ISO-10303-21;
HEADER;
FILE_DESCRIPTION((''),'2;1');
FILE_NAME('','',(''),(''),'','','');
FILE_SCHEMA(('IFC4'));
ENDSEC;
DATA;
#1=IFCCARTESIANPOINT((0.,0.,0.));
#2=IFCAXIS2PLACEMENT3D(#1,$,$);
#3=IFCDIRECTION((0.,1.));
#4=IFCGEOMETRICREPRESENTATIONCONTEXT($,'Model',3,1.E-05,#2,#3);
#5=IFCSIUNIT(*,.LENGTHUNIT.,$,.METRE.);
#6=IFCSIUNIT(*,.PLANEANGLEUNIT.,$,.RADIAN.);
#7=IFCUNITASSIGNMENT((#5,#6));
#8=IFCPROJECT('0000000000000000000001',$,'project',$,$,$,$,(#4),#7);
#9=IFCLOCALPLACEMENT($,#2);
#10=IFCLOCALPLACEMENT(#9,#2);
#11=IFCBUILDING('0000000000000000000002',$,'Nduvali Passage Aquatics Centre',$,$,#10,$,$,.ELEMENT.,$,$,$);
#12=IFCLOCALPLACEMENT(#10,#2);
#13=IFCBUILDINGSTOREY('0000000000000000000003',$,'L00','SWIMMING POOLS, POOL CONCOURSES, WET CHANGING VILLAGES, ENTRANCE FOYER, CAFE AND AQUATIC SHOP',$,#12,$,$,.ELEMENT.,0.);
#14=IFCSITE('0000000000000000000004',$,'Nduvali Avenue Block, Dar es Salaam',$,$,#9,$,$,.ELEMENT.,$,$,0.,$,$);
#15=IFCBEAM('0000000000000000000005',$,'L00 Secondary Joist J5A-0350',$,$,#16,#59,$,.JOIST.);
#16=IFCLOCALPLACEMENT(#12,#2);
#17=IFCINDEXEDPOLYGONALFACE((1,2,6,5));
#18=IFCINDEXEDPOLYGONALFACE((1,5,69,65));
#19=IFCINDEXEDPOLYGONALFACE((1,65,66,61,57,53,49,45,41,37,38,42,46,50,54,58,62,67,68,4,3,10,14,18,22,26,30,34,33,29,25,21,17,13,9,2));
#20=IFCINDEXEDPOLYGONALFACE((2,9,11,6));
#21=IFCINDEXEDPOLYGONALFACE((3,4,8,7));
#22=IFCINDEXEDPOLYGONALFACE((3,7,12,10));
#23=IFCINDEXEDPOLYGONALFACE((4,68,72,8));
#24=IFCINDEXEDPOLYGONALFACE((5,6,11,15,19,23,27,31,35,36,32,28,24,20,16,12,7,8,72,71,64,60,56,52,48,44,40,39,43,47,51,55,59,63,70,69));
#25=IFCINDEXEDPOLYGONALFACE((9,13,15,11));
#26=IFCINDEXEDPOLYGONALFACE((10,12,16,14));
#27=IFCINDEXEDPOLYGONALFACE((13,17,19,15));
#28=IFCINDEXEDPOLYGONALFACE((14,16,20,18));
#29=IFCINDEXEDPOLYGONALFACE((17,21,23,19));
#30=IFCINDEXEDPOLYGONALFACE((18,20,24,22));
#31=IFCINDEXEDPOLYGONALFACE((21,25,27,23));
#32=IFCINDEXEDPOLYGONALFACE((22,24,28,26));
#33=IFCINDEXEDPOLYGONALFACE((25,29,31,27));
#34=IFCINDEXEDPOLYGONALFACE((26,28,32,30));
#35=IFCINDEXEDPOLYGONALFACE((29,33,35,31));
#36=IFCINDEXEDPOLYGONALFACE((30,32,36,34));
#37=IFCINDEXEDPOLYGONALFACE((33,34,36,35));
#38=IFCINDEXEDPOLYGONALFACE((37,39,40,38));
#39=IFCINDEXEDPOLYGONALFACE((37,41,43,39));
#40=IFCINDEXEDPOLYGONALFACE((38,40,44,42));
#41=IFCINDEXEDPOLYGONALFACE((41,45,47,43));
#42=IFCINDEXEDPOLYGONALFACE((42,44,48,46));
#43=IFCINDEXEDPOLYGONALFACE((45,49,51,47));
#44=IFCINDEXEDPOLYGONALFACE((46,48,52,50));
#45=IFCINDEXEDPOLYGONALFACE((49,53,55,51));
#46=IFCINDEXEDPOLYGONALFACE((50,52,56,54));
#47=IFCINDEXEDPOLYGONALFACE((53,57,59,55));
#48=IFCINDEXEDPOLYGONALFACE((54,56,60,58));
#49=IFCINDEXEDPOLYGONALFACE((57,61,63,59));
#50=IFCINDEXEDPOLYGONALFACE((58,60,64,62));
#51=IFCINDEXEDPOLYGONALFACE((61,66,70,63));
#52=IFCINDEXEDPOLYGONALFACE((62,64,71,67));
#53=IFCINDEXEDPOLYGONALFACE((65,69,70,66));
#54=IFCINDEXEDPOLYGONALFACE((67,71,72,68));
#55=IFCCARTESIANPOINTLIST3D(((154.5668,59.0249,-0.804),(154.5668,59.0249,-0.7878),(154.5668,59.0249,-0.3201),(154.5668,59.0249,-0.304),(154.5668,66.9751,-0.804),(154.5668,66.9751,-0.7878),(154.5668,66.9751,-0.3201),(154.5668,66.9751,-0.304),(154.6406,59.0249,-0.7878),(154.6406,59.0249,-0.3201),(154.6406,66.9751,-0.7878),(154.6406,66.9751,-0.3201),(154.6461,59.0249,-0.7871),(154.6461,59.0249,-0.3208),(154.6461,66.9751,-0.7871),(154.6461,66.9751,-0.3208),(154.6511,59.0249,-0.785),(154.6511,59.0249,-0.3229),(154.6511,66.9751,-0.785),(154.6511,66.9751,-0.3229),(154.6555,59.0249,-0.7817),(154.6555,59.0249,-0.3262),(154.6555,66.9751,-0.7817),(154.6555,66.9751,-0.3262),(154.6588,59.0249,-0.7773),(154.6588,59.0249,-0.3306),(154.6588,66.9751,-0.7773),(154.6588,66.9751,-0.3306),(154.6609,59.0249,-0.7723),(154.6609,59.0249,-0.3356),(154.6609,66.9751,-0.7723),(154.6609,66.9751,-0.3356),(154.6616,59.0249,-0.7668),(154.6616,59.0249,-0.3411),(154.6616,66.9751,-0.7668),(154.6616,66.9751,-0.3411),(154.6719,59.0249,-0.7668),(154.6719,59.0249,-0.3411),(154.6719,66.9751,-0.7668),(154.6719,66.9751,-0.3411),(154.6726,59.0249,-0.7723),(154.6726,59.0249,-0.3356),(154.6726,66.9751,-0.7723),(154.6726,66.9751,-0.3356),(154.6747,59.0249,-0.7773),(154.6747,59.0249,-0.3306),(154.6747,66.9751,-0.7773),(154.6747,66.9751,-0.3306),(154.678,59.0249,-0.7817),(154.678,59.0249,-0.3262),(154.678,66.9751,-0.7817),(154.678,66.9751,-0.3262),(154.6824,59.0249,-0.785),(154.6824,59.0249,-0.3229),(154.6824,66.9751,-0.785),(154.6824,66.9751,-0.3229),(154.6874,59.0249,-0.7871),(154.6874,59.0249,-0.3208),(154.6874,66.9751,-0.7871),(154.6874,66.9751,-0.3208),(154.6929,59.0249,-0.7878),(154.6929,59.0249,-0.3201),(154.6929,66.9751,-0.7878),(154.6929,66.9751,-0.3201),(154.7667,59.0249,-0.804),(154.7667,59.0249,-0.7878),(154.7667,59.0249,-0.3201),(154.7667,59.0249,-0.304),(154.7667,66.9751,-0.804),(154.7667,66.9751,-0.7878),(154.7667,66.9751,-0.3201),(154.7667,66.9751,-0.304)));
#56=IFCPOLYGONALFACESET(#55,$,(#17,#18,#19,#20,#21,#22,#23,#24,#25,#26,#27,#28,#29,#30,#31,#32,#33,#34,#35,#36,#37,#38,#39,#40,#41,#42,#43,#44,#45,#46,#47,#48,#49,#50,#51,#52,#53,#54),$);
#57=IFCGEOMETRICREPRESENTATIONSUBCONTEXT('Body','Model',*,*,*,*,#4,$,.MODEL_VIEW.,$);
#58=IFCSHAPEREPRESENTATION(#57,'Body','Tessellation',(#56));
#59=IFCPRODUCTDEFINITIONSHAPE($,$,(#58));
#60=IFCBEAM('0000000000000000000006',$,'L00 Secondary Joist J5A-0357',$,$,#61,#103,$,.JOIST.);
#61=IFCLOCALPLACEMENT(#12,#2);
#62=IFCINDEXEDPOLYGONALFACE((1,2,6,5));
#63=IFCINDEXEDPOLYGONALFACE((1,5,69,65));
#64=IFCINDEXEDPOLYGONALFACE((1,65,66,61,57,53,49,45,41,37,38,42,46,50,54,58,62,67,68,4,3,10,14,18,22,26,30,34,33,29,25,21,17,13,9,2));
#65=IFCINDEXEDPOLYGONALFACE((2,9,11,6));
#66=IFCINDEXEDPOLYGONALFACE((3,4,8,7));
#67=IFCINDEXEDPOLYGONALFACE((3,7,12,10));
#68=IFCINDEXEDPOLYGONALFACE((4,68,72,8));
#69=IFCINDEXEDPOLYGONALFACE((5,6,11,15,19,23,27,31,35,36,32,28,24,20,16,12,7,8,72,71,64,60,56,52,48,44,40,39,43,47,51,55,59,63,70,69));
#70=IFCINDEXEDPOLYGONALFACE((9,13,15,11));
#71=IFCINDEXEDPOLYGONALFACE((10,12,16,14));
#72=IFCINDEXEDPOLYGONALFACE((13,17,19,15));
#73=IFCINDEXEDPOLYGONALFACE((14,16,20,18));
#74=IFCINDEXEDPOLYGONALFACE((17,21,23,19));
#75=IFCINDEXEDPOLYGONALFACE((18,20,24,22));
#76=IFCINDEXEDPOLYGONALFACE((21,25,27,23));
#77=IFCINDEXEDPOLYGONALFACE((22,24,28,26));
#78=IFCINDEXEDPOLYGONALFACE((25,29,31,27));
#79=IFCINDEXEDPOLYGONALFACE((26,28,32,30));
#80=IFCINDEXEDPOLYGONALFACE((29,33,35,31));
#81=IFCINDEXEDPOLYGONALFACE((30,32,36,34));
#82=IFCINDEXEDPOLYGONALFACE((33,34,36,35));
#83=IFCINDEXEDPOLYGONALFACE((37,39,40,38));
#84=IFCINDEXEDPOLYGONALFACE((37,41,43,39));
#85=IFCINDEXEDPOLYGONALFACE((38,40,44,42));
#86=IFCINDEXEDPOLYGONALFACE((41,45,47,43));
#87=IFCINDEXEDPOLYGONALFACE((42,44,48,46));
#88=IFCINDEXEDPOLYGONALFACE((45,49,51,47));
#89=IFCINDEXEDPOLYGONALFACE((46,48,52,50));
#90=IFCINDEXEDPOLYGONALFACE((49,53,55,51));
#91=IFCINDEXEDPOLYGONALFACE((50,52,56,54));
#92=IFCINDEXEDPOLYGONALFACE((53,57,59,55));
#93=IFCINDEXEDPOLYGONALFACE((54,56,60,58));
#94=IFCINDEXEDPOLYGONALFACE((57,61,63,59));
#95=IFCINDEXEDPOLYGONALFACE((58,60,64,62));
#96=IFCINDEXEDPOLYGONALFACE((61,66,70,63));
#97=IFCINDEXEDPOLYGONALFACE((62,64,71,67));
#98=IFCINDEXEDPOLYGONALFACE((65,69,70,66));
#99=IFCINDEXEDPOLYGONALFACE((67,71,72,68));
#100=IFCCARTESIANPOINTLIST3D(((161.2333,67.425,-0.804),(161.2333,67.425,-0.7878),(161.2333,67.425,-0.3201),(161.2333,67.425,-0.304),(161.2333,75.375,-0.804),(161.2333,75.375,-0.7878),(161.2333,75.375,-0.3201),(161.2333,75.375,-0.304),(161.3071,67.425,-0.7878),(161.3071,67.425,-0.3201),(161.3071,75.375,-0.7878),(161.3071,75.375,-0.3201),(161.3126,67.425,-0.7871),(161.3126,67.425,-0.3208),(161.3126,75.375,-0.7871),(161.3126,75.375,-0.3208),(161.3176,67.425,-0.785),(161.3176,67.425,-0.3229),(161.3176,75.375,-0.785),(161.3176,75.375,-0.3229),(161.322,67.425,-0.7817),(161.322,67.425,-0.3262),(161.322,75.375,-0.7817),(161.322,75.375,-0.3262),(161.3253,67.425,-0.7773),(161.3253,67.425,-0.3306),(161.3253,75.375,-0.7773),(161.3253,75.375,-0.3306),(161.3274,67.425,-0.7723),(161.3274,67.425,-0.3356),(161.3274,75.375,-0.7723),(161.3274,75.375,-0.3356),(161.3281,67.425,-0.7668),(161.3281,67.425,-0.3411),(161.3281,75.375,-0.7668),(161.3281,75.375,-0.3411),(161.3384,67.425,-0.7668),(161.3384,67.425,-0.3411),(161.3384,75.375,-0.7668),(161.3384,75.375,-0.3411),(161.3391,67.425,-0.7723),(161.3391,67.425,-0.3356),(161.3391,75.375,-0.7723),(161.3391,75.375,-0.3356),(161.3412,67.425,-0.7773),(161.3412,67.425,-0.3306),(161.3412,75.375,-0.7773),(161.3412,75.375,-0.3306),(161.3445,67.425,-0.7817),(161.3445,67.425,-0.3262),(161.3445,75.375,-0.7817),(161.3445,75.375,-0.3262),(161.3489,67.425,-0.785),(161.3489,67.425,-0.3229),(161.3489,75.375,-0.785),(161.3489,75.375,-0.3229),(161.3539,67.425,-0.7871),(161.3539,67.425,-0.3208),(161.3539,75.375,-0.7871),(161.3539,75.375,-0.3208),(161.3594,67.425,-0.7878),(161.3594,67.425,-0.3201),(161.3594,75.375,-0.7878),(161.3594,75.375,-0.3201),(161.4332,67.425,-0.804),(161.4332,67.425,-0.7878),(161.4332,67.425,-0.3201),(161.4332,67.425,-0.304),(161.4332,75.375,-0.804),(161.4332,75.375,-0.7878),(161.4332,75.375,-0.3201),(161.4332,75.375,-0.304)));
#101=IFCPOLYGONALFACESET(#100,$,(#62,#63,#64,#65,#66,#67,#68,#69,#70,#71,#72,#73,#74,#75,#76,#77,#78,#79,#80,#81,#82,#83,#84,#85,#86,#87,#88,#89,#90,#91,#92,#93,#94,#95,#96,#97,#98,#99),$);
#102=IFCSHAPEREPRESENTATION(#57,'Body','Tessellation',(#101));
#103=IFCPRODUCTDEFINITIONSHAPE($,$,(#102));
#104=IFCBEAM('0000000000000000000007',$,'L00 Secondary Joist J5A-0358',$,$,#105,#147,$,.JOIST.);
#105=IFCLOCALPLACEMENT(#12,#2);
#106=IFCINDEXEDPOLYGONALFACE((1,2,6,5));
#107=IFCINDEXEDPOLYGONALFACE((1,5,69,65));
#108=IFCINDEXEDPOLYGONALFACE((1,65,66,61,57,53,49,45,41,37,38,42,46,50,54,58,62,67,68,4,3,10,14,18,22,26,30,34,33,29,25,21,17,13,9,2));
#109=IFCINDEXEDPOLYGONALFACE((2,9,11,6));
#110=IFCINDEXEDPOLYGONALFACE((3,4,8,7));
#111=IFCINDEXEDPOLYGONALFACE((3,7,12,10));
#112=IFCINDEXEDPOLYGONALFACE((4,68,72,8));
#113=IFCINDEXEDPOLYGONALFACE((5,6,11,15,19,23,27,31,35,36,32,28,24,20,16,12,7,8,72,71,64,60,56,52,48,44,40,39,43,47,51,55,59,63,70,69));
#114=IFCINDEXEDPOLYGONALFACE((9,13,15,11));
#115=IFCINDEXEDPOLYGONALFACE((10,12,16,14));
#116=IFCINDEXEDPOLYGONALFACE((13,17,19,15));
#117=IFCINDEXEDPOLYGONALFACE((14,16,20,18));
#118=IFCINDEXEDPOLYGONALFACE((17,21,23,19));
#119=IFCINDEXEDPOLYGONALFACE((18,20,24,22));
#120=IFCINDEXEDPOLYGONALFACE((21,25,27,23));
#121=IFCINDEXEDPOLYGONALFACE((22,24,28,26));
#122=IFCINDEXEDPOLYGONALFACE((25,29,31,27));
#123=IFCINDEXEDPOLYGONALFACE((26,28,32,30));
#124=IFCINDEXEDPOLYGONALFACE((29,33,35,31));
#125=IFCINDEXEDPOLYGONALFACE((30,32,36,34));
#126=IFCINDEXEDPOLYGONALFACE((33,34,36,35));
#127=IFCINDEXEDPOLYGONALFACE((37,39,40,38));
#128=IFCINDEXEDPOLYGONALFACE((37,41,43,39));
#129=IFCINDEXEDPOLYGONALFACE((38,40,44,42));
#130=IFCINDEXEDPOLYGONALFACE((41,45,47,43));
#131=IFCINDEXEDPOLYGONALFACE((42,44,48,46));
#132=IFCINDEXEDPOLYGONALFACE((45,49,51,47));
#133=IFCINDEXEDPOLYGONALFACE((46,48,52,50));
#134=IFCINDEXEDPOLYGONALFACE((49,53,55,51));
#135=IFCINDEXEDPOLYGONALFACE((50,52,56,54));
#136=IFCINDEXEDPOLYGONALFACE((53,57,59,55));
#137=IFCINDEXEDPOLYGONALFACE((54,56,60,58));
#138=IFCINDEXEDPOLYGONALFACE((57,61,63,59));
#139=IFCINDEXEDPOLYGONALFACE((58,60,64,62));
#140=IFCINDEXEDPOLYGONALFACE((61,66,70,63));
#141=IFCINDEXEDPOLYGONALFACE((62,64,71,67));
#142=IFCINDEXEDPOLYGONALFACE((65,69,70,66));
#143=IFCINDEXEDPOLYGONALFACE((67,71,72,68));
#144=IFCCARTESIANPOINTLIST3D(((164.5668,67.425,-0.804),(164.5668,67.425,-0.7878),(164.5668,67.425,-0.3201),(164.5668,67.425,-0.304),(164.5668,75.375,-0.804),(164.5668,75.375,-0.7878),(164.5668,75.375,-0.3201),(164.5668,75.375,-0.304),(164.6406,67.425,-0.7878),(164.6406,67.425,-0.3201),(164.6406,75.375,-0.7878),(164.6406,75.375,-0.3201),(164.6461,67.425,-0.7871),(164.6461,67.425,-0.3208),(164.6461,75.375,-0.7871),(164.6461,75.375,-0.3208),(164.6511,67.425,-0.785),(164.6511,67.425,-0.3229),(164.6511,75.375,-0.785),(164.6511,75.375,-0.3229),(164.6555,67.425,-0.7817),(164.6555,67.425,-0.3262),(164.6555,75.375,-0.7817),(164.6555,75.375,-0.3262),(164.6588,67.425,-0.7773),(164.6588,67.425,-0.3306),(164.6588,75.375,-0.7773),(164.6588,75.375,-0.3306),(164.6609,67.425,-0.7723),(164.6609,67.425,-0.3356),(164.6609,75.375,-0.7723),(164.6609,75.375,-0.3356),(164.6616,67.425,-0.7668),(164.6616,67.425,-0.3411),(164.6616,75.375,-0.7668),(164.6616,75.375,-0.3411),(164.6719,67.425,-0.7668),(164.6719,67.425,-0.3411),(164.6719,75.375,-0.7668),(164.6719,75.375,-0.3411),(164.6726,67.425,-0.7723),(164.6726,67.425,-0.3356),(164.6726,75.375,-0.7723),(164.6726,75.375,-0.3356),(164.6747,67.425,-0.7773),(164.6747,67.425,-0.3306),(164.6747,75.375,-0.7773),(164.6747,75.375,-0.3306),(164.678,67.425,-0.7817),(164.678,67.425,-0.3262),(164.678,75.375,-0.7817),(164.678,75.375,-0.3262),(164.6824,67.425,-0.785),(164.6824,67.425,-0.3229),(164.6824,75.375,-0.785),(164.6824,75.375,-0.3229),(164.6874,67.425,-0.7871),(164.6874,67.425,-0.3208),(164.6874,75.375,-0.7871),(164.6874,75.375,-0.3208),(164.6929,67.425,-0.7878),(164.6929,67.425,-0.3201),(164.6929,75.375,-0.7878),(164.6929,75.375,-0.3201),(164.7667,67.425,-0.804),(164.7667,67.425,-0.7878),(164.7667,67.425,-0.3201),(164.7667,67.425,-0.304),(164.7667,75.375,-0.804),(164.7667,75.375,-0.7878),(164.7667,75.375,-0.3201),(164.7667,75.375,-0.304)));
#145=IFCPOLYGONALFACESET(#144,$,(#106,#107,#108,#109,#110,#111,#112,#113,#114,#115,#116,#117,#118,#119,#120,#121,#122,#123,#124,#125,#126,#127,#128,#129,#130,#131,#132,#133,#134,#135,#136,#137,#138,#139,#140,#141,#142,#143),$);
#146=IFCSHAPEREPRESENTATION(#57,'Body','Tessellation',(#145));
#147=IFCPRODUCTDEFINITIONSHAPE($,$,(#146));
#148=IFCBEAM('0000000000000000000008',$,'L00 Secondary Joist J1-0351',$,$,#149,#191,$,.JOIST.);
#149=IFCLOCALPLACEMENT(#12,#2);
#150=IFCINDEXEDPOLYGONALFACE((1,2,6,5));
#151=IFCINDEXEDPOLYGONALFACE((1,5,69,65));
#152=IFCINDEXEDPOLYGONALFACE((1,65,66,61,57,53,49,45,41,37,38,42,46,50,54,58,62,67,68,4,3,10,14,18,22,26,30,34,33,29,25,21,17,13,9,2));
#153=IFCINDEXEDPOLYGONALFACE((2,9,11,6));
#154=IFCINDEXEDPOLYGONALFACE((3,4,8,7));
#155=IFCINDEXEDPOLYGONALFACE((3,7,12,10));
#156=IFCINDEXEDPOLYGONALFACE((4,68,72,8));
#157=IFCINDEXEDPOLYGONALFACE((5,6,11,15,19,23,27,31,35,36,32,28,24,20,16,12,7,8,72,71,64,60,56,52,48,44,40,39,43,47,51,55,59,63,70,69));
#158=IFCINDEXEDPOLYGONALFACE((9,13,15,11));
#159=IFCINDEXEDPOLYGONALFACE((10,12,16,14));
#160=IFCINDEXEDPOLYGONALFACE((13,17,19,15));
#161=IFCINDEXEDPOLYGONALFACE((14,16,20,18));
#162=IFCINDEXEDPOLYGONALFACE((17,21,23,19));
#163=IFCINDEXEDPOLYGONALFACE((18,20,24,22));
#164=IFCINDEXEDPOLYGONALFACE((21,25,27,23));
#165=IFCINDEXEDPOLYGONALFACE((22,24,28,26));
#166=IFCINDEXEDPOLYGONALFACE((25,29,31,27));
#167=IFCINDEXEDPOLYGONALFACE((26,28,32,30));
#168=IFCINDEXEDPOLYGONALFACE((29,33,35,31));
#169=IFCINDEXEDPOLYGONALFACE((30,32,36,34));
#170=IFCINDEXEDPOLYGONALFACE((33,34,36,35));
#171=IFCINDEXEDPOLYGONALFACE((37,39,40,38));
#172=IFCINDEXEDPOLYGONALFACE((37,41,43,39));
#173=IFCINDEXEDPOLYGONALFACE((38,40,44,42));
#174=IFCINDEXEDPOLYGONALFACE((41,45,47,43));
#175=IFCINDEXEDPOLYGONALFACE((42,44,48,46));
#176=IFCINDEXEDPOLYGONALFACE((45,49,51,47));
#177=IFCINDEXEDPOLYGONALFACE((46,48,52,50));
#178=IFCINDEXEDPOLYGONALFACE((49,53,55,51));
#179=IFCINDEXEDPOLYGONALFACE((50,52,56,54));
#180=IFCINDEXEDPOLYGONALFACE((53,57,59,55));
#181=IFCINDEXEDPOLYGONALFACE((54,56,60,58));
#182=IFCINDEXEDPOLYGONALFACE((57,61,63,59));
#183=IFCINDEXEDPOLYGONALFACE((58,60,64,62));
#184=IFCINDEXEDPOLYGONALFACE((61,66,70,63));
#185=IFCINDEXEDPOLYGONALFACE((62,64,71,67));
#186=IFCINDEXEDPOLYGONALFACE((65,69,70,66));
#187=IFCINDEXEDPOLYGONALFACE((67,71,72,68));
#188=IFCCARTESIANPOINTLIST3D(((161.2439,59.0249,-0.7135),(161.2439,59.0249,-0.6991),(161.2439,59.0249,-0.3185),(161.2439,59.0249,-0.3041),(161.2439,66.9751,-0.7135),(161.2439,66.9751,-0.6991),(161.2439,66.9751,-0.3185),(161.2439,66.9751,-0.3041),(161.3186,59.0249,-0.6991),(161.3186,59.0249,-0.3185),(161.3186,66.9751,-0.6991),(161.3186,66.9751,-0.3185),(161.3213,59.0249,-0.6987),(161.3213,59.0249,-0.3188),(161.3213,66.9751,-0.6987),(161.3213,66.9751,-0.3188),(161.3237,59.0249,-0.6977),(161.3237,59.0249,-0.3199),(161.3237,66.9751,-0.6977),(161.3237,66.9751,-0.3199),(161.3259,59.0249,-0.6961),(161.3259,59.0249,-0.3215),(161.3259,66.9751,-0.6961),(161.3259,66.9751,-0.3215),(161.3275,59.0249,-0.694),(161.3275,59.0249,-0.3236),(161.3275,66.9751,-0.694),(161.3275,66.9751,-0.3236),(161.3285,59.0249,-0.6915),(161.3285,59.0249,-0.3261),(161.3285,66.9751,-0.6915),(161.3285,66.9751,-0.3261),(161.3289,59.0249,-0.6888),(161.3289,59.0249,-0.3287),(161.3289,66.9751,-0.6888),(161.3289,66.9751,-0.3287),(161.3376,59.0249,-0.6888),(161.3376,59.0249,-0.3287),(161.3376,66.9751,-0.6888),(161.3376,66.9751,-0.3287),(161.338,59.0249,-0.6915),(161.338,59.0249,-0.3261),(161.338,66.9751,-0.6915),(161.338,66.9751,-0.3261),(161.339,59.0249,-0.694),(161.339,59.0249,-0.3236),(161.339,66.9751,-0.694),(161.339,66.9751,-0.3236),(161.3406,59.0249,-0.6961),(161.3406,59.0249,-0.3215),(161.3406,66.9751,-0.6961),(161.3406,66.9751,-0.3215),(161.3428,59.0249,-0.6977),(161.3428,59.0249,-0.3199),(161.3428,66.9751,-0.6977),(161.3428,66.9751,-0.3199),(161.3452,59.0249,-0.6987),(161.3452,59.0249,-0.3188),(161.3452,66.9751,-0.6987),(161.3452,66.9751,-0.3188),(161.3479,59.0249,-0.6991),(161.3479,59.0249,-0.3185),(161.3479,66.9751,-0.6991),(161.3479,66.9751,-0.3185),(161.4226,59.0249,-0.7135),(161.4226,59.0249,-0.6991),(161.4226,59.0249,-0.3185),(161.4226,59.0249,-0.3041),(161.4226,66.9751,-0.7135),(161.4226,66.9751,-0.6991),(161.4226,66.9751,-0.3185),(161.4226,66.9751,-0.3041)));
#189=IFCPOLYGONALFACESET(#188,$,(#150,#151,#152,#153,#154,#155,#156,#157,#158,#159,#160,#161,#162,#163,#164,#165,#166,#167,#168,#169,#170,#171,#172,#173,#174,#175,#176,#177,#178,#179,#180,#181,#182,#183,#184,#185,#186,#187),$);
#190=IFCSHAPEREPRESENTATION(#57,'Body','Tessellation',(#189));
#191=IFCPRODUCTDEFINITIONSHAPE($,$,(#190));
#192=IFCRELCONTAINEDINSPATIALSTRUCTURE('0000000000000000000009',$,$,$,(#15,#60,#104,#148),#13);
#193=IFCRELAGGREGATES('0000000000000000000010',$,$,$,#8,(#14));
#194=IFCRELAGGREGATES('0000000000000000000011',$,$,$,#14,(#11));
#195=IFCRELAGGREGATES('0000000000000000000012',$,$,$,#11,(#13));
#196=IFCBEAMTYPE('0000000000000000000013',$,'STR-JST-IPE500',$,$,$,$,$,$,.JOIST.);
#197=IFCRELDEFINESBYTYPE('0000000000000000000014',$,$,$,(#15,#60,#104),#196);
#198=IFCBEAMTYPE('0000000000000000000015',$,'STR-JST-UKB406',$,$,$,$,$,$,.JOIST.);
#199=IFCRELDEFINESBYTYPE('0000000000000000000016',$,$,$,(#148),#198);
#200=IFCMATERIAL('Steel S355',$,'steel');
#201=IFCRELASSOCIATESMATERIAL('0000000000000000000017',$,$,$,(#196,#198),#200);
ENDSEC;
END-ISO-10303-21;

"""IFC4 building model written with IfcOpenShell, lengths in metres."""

from ifc_helpers import new_model, si_unit, direction, frame, origin, origin_2d, place, context, subcontext, project, spatial, i_section, extrude, material, material_profile, profile_set, type_object, element, save


model = new_model("IFC4")

# Units and contexts
model_context = context("Model", 3, precision=1e-05, world=origin(), true_north=direction((0.0, 1.0)))
body_context = subcontext(model_context, "Body", "Model", "MODEL_VIEW")
ifc_project = project(units=[si_unit("LENGTHUNIT", "METRE"), si_unit("PLANEANGLEUNIT", "RADIAN")], contexts=[model_context])

# Site, building, storey
site_placement = place(None, origin())
site = spatial("IfcSite", under=ifc_project, at=site_placement, Name="Nduvali Avenue Block, Dar es Salaam", CompositionType="ELEMENT", RefElevation=0.0)
building_placement = place(site_placement, origin())
building = spatial("IfcBuilding", under=site, at=building_placement, Name="Nduvali Passage Aquatics Centre", CompositionType="ELEMENT")
storey_placement = place(building_placement, origin())
storey = spatial("IfcBuildingStorey", under=building, at=storey_placement, Name="L00", Description="SWIMMING POOLS, POOL CONCOURSES, WET CHANGING VILLAGES, ENTRANCE FOYER, CAFE AND AQUATIC SHOP", CompositionType="ELEMENT", Elevation=0.0)

# Beams
ifc_material_1 = material(Name="Steel S355", Category="steel")
ifc_material_profile_1 = material_profile(ifc_material_1, i_section(OverallWidth=0.2, OverallDepth=0.5, WebThickness=0.0103, FlangeThickness=0.0161, FilletRadius=0.021, at=origin_2d()), Name="IPE 500")
ifc_profile_set_1 = profile_set([ifc_material_profile_1], Name="Steel S355")
beam_type_1 = type_object("IfcBeamType", Name="STR-JST-IPE500", PredefinedType="JOIST", material=ifc_profile_set_1)
for number, where, z_axis, x_axis, name in (
    (1, (154.6667, 59.0249, -0.554), (0.0, 1.0, 0.0), (-1.0, 0.0, 0.0), "L00 Secondary Joist J5A-0350"),
):
    element("IfcBeam", number, at=place(storey_placement, frame(where, z_axis=z_axis, x_axis=x_axis)), inside=storey, type_object=beam_type_1, Name=name, PredefinedType="JOIST", context=body_context, shape_type="SweptSolid", body=[
        extrude(i_section(OverallWidth=0.2, OverallDepth=0.5, WebThickness=0.0103, FlangeThickness=0.0161, FilletRadius=0.021, at=origin_2d()), origin(), (0.0, 0.0, 1.0), 7.9502),
    ])
for number, where, z_axis, x_axis, name in (
    (2, (161.3333, 67.425, -0.554), (0.0, 1.0, 0.0), (-1.0, 0.0, 0.0), "L00 Secondary Joist J5A-0357"),
    (3, (164.6667, 67.425, -0.554), (0.0, 1.0, 0.0), (-1.0, 0.0, 0.0), "L00 Secondary Joist J5A-0358"),
):
    element("IfcBeam", number, at=place(storey_placement, frame(where, z_axis=z_axis, x_axis=x_axis)), inside=storey, type_object=beam_type_1, Name=name, PredefinedType="JOIST", context=body_context, shape_type="SweptSolid", body=[
        extrude(i_section(OverallWidth=0.2, OverallDepth=0.5, WebThickness=0.0103, FlangeThickness=0.0161, FilletRadius=0.021, at=origin_2d()), origin(), (0.0, 0.0, 1.0), 7.95),
    ])
ifc_material_profile_2 = material_profile(ifc_material_1, i_section(OverallWidth=0.1787, OverallDepth=0.4094, WebThickness=0.0088, FlangeThickness=0.0144, FilletRadius=0.0103, at=origin_2d()), Name="UKB 406x178x67")
ifc_profile_set_2 = profile_set([ifc_material_profile_2], Name="Steel S355")
beam_type_2 = type_object("IfcBeamType", Name="STR-JST-UKB406", PredefinedType="JOIST", material=ifc_profile_set_2)
for number, where, z_axis, x_axis, name in (
    (4, (161.3333, 59.0249, -0.5088), (0.0, 1.0, 0.0), (-1.0, 0.0, 0.0), "L00 Secondary Joist J1-0351"),
):
    element("IfcBeam", number, at=place(storey_placement, frame(where, z_axis=z_axis, x_axis=x_axis)), inside=storey, type_object=beam_type_2, Name=name, PredefinedType="JOIST", context=body_context, shape_type="SweptSolid", body=[
        extrude(i_section(OverallWidth=0.1787, OverallDepth=0.4094, WebThickness=0.0088, FlangeThickness=0.0144, FilletRadius=0.0103, at=origin_2d()), origin(), (0.0, 0.0, 1.0), 7.9502),
    ])

save(model, "model.ifc")
